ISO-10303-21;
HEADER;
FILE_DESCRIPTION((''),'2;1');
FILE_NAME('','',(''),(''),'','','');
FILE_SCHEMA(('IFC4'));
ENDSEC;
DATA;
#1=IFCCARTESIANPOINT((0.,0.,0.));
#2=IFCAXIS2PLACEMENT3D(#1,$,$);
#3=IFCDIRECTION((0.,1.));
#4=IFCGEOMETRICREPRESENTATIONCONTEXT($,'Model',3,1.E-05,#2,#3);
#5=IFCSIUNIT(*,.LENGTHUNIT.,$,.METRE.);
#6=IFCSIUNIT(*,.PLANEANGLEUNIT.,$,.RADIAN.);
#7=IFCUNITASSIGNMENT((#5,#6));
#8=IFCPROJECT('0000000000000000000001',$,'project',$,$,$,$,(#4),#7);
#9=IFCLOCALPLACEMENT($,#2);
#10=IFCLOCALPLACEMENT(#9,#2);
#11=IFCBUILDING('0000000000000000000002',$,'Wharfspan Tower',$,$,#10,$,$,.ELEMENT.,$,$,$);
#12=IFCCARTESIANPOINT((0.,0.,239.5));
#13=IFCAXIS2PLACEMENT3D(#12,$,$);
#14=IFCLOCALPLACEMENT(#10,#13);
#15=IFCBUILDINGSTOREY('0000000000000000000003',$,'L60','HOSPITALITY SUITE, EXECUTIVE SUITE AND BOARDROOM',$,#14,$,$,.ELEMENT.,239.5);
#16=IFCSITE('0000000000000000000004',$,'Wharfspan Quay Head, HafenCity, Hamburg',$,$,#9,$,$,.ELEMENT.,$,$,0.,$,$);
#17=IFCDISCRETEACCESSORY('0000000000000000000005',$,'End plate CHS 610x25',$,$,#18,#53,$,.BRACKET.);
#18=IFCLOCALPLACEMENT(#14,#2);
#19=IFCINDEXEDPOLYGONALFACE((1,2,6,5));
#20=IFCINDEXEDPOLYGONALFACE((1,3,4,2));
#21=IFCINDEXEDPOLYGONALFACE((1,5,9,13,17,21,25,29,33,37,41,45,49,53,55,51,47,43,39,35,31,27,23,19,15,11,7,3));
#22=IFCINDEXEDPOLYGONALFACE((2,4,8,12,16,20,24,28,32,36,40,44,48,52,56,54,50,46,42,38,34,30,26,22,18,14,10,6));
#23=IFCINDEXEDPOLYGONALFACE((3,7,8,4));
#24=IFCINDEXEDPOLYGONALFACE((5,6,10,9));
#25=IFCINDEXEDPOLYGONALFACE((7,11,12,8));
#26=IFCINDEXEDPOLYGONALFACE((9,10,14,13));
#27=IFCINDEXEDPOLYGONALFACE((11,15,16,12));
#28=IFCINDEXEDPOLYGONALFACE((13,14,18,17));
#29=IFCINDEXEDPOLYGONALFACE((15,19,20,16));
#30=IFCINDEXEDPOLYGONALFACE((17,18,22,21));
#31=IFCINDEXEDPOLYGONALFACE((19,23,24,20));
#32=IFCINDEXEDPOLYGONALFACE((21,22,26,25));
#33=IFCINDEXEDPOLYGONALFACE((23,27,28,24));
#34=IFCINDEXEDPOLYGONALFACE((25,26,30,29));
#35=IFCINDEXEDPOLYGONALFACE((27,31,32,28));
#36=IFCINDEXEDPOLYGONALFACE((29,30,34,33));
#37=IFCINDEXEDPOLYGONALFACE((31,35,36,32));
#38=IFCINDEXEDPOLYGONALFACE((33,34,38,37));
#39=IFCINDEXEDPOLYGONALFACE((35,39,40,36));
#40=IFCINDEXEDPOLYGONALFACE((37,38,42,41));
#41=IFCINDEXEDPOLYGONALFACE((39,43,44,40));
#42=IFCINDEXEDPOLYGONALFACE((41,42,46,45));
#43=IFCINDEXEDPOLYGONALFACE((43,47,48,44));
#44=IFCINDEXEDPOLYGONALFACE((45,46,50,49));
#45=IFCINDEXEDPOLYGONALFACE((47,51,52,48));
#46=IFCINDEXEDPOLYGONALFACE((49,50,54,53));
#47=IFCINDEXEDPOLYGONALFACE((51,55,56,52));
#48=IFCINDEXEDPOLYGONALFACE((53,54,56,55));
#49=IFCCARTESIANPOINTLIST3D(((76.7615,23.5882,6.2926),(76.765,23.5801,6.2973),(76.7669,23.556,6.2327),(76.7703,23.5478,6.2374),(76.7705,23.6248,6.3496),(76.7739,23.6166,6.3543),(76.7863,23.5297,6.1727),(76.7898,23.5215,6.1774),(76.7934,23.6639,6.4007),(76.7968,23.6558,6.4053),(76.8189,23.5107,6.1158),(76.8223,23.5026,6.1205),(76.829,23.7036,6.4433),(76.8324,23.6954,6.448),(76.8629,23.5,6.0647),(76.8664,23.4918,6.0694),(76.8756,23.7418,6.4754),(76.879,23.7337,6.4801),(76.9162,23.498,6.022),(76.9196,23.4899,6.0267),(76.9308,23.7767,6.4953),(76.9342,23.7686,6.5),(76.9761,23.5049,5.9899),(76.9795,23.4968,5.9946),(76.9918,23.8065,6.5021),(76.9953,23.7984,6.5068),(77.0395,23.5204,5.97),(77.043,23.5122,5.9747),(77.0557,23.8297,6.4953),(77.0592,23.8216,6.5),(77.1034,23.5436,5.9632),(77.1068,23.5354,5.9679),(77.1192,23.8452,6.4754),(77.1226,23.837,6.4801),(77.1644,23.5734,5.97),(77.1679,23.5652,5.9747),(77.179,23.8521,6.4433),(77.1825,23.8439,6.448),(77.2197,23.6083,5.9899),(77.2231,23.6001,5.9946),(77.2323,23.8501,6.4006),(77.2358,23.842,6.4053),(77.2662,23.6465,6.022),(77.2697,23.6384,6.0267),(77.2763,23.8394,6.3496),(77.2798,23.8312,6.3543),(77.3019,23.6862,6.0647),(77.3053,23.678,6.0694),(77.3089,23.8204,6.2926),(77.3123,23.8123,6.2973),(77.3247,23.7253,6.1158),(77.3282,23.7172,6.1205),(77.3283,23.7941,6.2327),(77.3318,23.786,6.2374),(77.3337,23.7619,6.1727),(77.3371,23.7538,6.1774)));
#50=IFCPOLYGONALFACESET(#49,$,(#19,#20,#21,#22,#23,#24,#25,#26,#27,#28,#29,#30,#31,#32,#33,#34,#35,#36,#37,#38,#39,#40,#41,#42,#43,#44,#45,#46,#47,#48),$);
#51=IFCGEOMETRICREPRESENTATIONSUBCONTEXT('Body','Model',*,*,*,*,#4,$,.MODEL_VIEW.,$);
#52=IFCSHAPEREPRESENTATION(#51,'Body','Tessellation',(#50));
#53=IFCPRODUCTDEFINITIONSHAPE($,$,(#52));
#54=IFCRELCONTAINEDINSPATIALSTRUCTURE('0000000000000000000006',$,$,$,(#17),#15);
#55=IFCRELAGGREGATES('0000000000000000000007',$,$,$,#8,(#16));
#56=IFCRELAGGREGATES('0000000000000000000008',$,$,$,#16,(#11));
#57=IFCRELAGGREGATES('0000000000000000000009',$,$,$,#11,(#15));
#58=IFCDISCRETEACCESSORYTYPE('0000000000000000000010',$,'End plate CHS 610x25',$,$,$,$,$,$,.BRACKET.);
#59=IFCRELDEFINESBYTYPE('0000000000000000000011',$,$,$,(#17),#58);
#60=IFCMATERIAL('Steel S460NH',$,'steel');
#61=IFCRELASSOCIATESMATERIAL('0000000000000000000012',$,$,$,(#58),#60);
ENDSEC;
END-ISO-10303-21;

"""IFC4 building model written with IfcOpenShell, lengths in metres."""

from ifc_helpers import new_model, si_unit, direction, frame, origin, origin_2d, place, context, subcontext, project, spatial, circle, extrude, material, material_profile, profile_set, type_object, element, save


model = new_model("IFC4")

# Units and contexts
model_context = context("Model", 3, precision=1e-05, world=origin(), true_north=direction((0.0, 1.0)))
body_context = subcontext(model_context, "Body", "Model", "MODEL_VIEW")
ifc_project = project(units=[si_unit("LENGTHUNIT", "METRE"), si_unit("PLANEANGLEUNIT", "RADIAN")], contexts=[model_context])

# Site, building, storey
site_placement = place(None, origin())
site = spatial("IfcSite", under=ifc_project, at=site_placement, Name="Wharfspan Quay Head, HafenCity, Hamburg", CompositionType="ELEMENT", RefElevation=0.0)
building_placement = place(site_placement, origin())
building = spatial("IfcBuilding", under=site, at=building_placement, Name="Wharfspan Tower", CompositionType="ELEMENT")
storey_placement = place(building_placement, frame((0.0, 0.0, 239.5)))
storey = spatial("IfcBuildingStorey", under=building, at=storey_placement, Name="L60", Description="HOSPITALITY SUITE, EXECUTIVE SUITE AND BOARDROOM", CompositionType="ELEMENT", Elevation=239.5)

# Discrete accessory
ifc_material_1 = material(Name="Steel S460NH", Category="steel")
ifc_material_profile_1 = material_profile(ifc_material_1, circle(Radius=0.3049, at=origin_2d()))
ifc_profile_set_1 = profile_set([ifc_material_profile_1], Name="Steel S460NH")
discrete_accessory_type = type_object("IfcDiscreteAccessoryType", Name="End plate CHS 610x25", PredefinedType="BRACKET", material=ifc_profile_set_1)
for number, where, z_axis, x_axis, name in (
    (1, (77.0476, 23.675, 6.2327), (0.345075, -0.81339, 0.468316), (0.920586, 0.390551, -0.000002), "End plate CHS 610x25"),
):
    element("IfcDiscreteAccessory", number, at=place(storey_placement, frame(where, z_axis=z_axis, x_axis=x_axis)), inside=storey, type_object=discrete_accessory_type, Name=name, PredefinedType="BRACKET", context=body_context, shape_type="SweptSolid", body=[
        extrude(circle(Radius=0.3049, at=origin_2d()), origin(), (0.0, 0.0, 1.0), 0.01),
    ])

save(model, "model.ifc")
